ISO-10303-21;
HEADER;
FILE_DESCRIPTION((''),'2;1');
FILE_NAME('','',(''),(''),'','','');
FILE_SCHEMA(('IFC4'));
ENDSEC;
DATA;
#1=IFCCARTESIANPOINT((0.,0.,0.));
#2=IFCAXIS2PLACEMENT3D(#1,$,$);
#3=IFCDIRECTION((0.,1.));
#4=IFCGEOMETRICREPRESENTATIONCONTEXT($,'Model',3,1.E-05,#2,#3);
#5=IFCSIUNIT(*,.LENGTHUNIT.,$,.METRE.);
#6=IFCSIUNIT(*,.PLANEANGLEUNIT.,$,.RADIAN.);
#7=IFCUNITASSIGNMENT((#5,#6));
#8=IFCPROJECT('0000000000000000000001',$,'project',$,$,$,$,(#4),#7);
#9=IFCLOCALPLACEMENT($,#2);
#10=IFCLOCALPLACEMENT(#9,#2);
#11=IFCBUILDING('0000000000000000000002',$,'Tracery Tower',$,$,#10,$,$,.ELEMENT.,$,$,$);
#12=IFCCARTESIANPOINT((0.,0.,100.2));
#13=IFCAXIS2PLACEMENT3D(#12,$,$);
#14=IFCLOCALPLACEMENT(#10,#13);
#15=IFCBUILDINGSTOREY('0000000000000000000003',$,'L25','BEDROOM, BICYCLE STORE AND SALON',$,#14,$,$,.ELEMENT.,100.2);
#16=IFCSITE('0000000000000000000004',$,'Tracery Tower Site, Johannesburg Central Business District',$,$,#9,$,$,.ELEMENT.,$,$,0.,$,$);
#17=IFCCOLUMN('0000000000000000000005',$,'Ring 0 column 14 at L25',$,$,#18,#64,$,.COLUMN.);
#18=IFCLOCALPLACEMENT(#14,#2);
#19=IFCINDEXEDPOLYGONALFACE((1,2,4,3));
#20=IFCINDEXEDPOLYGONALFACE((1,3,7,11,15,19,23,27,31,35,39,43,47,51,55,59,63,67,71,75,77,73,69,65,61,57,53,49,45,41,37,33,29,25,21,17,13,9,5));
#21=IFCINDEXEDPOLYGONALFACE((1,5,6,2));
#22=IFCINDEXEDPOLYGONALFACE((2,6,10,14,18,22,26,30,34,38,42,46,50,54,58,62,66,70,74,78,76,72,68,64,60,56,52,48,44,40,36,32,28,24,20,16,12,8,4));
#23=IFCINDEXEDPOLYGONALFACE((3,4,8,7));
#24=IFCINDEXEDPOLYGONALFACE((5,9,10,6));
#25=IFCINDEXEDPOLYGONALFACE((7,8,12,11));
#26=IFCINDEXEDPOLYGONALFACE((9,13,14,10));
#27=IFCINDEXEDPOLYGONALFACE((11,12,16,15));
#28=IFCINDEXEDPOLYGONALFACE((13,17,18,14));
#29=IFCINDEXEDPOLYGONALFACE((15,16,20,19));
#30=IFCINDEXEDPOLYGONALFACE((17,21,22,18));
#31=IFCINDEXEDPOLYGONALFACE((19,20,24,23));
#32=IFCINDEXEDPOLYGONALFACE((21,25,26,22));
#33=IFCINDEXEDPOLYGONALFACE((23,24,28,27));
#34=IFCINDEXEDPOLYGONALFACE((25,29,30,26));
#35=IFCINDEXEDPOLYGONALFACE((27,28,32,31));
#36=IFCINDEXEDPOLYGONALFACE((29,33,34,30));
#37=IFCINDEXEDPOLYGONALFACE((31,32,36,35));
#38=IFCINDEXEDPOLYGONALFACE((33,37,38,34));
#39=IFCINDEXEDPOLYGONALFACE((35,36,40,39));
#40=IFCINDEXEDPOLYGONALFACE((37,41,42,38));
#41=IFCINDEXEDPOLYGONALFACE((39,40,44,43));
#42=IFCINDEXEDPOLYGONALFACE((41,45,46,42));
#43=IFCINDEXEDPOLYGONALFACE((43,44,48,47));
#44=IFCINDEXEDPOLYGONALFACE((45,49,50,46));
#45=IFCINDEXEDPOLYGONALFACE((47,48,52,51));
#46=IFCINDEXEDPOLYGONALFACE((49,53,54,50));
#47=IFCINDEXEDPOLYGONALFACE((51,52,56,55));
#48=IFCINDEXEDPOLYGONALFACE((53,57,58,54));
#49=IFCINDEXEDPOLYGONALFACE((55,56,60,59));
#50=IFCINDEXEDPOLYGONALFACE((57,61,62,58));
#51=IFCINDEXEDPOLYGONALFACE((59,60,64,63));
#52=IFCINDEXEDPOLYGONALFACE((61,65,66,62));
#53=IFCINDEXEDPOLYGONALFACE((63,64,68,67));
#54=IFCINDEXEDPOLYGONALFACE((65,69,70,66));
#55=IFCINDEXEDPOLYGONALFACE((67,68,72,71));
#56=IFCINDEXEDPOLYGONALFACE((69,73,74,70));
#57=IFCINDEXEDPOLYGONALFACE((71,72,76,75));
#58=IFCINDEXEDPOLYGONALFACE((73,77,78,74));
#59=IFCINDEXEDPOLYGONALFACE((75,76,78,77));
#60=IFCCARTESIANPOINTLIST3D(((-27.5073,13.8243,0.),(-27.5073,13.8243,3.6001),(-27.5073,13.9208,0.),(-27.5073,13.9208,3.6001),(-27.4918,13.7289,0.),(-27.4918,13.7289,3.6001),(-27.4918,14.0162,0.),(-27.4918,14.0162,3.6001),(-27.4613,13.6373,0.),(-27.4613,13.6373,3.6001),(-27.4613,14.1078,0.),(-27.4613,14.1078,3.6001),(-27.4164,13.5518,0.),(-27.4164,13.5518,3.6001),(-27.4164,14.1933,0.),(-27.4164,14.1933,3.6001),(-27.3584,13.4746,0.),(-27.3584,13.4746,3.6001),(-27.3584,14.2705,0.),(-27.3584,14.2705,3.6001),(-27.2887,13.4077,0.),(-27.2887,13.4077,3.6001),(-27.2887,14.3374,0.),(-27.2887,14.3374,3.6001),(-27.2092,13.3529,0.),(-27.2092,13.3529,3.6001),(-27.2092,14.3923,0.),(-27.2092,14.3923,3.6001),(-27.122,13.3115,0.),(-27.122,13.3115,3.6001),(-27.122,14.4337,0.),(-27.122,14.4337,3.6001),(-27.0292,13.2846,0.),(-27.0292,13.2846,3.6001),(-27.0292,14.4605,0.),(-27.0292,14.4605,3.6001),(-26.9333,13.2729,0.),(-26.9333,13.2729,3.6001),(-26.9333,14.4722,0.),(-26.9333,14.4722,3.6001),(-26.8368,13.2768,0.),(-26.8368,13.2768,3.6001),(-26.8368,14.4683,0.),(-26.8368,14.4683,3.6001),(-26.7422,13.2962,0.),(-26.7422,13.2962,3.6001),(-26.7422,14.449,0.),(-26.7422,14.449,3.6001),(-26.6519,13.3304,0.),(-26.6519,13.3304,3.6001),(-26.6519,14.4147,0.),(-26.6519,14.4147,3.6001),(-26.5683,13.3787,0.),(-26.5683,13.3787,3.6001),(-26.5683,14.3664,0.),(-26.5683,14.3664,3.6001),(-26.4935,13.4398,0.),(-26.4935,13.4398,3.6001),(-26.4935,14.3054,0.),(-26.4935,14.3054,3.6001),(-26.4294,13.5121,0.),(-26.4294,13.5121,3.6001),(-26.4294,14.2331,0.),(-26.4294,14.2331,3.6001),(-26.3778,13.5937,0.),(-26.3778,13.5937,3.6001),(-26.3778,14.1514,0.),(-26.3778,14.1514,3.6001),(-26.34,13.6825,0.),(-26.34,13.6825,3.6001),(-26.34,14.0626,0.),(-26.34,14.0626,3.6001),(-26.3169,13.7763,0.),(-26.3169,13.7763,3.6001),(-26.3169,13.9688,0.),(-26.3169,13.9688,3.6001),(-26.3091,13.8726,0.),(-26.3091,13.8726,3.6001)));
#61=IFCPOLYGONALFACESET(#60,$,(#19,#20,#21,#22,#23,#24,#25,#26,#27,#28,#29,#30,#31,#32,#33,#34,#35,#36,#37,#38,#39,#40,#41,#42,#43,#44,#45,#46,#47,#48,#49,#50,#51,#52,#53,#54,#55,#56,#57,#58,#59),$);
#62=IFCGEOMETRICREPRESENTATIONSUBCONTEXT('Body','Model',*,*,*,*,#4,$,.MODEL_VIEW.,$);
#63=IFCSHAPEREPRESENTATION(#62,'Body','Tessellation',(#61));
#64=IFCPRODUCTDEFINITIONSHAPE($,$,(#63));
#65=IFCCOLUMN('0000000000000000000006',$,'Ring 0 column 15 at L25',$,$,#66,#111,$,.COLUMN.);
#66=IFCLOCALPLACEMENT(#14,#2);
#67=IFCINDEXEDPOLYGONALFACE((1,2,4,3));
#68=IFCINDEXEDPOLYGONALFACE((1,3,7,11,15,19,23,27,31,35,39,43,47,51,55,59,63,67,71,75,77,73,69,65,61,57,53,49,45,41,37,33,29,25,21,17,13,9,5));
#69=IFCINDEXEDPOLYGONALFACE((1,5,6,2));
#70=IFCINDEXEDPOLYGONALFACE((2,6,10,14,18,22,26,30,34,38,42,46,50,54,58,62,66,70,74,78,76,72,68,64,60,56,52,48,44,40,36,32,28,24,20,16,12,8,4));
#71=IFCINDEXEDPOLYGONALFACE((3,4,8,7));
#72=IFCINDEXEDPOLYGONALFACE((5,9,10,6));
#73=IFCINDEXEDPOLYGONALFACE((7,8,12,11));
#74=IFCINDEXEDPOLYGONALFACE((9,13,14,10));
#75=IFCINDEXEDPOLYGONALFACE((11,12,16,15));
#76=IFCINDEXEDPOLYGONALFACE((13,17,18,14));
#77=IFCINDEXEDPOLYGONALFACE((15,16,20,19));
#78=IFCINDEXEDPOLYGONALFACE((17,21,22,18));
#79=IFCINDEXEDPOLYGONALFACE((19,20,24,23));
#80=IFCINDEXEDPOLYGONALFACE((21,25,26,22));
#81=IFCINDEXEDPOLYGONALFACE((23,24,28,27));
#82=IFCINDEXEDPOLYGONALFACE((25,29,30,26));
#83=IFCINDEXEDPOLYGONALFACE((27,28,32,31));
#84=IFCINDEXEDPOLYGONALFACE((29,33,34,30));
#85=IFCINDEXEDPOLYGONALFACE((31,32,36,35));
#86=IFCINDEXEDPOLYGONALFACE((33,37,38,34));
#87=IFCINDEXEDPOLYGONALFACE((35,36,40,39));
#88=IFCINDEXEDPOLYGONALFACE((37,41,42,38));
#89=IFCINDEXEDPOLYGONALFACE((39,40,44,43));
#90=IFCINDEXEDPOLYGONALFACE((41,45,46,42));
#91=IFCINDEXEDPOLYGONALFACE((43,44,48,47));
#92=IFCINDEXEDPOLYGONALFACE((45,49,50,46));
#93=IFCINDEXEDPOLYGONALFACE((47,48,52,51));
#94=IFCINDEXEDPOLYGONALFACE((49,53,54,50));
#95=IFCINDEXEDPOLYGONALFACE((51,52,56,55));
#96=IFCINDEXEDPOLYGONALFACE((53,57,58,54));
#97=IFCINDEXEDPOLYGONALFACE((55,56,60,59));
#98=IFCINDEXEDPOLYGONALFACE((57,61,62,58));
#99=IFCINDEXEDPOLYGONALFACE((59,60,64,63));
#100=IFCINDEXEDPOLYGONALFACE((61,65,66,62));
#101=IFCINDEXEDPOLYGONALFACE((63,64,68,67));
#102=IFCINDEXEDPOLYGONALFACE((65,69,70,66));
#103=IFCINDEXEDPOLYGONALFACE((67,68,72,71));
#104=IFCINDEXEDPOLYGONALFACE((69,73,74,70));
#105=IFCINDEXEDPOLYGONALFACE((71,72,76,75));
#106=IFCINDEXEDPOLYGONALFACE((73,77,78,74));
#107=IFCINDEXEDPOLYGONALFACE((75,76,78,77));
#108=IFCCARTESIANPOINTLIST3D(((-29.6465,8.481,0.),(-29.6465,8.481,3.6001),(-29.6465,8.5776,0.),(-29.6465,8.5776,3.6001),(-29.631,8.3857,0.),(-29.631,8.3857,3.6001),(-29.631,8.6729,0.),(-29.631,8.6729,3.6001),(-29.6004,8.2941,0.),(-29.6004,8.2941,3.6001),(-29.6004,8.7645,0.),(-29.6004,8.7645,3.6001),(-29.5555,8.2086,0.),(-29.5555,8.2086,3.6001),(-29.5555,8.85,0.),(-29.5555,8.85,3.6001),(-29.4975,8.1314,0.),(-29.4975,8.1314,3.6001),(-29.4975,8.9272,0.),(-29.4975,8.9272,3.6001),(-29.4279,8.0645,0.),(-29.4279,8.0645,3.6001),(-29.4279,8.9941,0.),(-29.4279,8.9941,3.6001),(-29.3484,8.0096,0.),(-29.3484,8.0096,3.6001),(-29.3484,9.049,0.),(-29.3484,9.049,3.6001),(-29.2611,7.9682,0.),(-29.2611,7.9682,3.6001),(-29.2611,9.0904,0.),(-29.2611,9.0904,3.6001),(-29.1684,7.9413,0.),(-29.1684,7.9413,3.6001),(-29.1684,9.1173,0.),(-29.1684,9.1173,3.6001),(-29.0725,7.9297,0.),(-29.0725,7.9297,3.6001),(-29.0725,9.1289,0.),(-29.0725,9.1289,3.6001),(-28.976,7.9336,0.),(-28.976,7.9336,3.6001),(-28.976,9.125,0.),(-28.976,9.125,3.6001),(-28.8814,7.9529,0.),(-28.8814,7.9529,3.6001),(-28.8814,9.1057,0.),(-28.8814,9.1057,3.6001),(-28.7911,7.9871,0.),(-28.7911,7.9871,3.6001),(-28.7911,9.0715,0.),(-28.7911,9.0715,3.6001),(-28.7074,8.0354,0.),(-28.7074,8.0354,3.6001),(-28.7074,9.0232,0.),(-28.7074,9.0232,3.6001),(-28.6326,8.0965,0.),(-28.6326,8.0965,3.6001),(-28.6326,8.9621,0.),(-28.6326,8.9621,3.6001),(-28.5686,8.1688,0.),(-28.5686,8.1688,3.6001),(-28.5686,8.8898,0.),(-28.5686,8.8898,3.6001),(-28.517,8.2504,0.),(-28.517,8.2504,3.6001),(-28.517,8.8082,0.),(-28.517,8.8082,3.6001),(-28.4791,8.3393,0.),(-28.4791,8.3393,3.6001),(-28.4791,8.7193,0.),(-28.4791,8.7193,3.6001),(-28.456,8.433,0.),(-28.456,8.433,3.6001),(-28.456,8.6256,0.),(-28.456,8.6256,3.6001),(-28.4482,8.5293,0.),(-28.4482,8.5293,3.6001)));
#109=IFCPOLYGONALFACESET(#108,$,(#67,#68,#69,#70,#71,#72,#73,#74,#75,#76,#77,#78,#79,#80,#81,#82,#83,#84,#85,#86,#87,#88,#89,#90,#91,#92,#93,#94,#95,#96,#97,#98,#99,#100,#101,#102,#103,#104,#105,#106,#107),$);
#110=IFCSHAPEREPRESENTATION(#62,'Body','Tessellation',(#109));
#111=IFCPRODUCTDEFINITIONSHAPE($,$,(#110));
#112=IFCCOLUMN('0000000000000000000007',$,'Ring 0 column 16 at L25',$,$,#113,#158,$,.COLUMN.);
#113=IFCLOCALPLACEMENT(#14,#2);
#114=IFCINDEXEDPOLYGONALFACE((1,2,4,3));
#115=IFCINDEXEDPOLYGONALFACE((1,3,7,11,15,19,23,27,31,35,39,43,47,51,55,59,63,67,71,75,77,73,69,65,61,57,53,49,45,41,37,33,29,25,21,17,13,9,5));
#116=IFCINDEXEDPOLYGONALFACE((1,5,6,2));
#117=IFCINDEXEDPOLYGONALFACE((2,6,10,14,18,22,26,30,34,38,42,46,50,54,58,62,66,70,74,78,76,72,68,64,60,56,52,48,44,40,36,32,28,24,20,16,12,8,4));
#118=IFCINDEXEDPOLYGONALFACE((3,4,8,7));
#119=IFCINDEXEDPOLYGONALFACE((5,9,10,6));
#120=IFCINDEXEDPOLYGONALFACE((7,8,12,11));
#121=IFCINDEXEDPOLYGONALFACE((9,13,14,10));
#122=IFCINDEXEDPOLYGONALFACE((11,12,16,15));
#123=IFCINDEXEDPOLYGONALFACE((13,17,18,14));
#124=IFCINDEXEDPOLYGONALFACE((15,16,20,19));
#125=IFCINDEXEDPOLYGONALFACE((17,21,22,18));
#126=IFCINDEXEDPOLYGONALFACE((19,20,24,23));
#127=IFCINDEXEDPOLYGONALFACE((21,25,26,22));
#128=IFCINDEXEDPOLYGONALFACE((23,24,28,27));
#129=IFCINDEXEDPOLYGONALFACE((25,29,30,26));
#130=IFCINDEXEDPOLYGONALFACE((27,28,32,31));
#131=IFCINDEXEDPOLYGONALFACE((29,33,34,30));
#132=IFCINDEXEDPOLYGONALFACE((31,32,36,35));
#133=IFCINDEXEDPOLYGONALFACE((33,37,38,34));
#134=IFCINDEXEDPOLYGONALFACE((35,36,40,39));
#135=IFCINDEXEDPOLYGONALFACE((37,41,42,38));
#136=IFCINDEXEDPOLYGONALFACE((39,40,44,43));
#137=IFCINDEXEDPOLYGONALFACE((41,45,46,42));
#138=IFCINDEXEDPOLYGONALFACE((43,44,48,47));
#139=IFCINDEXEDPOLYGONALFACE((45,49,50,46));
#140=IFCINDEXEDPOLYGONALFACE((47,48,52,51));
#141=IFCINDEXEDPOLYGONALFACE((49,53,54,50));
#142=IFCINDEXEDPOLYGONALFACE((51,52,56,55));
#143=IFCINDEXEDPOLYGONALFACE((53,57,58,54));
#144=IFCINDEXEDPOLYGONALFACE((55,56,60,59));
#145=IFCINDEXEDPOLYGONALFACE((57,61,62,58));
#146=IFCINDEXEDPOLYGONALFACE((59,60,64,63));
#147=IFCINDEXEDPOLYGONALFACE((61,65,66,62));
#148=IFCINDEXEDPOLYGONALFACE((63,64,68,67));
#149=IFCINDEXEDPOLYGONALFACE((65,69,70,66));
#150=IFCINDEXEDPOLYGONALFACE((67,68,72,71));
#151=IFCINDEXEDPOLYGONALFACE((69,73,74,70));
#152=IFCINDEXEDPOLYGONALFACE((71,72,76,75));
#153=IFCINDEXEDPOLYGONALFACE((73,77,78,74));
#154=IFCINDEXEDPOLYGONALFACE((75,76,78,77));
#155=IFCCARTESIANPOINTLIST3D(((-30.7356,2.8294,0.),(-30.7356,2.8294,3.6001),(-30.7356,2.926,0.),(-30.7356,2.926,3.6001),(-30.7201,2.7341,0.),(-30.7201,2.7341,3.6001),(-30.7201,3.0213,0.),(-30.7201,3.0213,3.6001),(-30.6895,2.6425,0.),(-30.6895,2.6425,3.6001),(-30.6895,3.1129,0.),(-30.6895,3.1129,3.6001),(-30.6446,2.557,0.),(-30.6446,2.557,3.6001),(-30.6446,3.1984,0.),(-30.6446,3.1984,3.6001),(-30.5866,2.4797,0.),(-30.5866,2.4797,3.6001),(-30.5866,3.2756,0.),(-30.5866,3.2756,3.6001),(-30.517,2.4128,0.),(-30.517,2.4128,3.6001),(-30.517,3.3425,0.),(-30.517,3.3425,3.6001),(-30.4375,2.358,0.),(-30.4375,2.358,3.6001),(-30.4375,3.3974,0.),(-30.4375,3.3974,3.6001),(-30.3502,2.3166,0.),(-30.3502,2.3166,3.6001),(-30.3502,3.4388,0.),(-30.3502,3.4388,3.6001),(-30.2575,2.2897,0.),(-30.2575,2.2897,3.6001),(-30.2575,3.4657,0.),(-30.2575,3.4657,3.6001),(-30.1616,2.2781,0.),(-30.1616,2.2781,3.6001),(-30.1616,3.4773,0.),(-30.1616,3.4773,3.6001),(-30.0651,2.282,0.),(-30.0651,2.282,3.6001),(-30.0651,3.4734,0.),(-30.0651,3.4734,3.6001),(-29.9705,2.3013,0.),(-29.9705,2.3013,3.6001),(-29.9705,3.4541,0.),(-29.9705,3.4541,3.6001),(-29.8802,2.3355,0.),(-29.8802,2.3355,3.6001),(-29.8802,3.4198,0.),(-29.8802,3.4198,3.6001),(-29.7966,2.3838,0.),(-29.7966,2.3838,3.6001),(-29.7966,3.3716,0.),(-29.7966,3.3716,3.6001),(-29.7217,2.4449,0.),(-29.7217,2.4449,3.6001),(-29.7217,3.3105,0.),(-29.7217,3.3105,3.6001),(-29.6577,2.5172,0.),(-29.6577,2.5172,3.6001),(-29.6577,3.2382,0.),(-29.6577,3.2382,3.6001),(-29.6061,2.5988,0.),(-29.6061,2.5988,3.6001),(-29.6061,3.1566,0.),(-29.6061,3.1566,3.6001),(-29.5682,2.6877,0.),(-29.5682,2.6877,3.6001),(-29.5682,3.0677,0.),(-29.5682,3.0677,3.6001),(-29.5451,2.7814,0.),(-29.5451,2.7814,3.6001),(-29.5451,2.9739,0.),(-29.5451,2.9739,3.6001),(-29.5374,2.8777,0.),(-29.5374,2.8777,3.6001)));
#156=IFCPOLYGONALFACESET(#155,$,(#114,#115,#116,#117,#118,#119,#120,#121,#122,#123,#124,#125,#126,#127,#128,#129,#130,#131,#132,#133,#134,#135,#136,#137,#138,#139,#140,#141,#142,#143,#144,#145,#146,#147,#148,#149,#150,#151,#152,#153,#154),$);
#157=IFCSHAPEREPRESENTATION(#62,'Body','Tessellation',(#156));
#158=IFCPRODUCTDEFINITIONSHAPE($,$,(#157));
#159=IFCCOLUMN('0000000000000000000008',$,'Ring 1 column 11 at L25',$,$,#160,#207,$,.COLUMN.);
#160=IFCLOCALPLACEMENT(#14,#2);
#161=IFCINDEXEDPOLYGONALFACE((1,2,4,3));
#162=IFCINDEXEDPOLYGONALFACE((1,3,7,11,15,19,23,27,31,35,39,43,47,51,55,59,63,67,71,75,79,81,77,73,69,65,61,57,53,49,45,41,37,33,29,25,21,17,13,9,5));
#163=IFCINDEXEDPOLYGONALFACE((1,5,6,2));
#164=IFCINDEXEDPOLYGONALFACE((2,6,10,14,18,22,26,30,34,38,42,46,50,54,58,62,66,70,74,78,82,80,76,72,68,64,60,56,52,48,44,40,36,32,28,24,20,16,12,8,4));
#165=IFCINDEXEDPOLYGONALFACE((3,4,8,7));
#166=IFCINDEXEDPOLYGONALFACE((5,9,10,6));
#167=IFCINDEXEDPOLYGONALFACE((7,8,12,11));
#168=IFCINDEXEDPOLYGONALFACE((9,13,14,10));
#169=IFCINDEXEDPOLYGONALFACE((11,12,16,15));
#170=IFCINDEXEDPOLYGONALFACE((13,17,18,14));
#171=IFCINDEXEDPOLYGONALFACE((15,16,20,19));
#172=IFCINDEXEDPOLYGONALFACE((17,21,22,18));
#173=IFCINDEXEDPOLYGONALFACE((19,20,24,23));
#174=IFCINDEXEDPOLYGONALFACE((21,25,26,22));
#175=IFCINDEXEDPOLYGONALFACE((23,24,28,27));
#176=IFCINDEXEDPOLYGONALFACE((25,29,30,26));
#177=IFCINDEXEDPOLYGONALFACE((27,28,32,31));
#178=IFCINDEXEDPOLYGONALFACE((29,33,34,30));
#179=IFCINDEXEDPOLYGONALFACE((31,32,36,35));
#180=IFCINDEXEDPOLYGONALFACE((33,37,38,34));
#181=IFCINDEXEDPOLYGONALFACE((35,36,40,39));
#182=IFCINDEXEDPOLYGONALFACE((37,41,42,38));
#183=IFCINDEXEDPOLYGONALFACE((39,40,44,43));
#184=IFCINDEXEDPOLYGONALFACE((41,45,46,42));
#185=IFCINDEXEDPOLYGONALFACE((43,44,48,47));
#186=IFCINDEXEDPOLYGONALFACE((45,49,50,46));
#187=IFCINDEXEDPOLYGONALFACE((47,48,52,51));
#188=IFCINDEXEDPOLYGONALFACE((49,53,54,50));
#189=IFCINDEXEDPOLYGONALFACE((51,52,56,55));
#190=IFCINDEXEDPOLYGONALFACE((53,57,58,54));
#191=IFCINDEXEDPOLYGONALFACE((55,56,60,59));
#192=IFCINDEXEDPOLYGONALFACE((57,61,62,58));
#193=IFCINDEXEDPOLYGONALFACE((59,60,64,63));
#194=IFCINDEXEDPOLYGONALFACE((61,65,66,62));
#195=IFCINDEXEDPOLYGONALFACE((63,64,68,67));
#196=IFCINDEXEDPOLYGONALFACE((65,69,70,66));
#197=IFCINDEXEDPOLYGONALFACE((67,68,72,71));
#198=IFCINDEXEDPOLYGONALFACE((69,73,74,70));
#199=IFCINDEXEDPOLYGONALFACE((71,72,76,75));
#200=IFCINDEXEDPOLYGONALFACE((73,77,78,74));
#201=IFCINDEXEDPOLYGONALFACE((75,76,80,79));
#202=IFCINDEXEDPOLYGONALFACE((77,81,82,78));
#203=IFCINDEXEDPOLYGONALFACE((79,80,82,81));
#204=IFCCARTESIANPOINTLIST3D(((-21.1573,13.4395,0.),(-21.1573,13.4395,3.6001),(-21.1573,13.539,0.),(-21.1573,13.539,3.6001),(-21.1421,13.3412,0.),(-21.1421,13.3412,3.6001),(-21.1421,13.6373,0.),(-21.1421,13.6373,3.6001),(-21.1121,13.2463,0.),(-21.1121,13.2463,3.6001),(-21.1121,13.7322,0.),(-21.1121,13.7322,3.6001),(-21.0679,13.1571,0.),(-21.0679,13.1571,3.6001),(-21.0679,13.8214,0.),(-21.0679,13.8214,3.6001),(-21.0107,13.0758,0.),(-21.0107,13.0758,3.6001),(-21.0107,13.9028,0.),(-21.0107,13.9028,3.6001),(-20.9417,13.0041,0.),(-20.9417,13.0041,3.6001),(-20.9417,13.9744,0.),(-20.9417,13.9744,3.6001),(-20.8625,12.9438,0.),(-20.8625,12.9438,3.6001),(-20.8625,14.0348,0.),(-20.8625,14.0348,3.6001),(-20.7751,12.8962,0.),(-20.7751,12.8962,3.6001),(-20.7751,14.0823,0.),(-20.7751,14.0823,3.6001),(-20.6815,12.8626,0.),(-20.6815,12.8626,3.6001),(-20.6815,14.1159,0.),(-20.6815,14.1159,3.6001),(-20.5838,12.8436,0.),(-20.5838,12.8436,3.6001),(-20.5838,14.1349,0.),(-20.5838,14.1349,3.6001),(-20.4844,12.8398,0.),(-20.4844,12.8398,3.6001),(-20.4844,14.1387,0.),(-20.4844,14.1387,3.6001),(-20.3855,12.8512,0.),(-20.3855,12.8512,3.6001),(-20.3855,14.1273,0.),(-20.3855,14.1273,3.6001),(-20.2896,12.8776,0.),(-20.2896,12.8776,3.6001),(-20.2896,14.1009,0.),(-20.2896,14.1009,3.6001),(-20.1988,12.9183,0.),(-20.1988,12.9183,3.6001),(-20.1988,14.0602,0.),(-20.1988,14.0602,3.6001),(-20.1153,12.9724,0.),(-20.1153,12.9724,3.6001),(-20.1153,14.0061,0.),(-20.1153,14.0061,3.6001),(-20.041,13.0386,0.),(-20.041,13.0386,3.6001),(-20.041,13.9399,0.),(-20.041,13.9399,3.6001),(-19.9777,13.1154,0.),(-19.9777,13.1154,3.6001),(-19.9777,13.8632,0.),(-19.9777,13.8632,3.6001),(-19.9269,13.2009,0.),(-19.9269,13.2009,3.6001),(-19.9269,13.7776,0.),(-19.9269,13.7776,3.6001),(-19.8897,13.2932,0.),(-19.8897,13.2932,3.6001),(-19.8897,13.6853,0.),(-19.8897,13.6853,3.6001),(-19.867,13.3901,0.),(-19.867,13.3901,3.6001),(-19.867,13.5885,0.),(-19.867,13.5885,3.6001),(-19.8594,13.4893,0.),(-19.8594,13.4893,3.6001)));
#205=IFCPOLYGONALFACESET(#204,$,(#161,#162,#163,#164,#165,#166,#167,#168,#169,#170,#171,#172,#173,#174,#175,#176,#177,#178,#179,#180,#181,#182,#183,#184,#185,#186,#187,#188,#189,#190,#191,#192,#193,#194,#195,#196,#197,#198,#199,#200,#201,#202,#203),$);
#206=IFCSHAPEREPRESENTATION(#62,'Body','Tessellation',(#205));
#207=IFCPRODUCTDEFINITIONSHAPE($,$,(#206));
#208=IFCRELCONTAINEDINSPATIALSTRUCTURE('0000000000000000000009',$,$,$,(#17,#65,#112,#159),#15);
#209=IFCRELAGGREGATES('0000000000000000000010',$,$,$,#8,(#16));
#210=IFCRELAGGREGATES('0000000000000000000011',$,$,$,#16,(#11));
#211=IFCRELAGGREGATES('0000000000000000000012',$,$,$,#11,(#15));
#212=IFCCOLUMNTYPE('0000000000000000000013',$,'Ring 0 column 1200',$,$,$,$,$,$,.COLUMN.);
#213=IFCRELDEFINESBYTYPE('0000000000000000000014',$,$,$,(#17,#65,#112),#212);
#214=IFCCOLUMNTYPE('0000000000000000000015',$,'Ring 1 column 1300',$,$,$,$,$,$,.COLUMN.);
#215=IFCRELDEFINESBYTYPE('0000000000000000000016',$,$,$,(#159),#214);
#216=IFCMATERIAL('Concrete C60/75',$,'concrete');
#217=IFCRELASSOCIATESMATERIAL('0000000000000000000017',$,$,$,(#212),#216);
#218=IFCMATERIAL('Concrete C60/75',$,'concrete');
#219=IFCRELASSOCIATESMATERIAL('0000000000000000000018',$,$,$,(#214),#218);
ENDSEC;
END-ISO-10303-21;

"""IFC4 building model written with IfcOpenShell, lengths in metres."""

from ifc_helpers import new_model, si_unit, direction, frame, origin, origin_2d, place, context, subcontext, project, spatial, circle, extrude, material, material_profile, profile_set, type_object, element, save


model = new_model("IFC4")

# Units and contexts
model_context = context("Model", 3, precision=1e-05, world=origin(), true_north=direction((0.0, 1.0)))
body_context = subcontext(model_context, "Body", "Model", "MODEL_VIEW")
ifc_project = project(units=[si_unit("LENGTHUNIT", "METRE"), si_unit("PLANEANGLEUNIT", "RADIAN")], contexts=[model_context])

# Site, building, storey
site_placement = place(None, origin())
site = spatial("IfcSite", under=ifc_project, at=site_placement, Name="Tracery Tower Site, Johannesburg Central Business District", CompositionType="ELEMENT", RefElevation=0.0)
building_placement = place(site_placement, origin())
building = spatial("IfcBuilding", under=site, at=building_placement, Name="Tracery Tower", CompositionType="ELEMENT")
storey_placement = place(building_placement, frame((0.0, 0.0, 100.2)))
storey = spatial("IfcBuildingStorey", under=building, at=storey_placement, Name="L25", Description="BEDROOM, BICYCLE STORE AND SALON", CompositionType="ELEMENT", Elevation=100.2)

# Columns
ifc_material_1 = material(Name="Concrete C60/75", Category="concrete")
ifc_material_profile_1 = material_profile(ifc_material_1, circle(Radius=0.6001, at=origin_2d()), Name="RC D1200")
ifc_profile_set_1 = profile_set([ifc_material_profile_1], Name="Concrete C60/75")
column_type_1 = type_object("IfcColumnType", Name="Ring 0 column 1200", PredefinedType="COLUMN", material=ifc_profile_set_1)
for number, where, z_axis, x_axis, name in (
    (1, (-26.9092, 13.8726, 0.0), (0.0, 0.0, 1.0), (1.0, 0.0, 0.0), "Ring 0 column 14 at L25"),
    (2, (-29.0483, 8.5293, 0.0), (0.0, 0.0, 1.0), (1.0, 0.0, 0.0), "Ring 0 column 15 at L25"),
    (3, (-30.1375, 2.8777, 0.0), (0.0, 0.0, 1.0), (1.0, 0.0, 0.0), "Ring 0 column 16 at L25"),
):
    element("IfcColumn", number, at=place(storey_placement, frame(where, z_axis=z_axis, x_axis=x_axis)), inside=storey, type_object=column_type_1, Name=name, PredefinedType="COLUMN", context=body_context, shape_type="SweptSolid", body=[
        extrude(circle(Radius=0.6001, at=origin_2d()), origin(), (0.0, 0.0, 1.0), 3.6001),
    ])
ifc_material_2 = material(Name="Concrete C60/75", Category="concrete")
ifc_material_profile_2 = material_profile(ifc_material_2, circle(Radius=0.6499, at=origin_2d()), Name="RC D1300")
ifc_profile_set_2 = profile_set([ifc_material_profile_2], Name="Concrete C60/75")
column_type_2 = type_object("IfcColumnType", Name="Ring 1 column 1300", PredefinedType="COLUMN", material=ifc_profile_set_2)
for number, where, z_axis, x_axis, name in (
    (4, (-20.5093, 13.4893, 0.0), (0.0, 0.0, 1.0), (1.0, 0.0, 0.0), "Ring 1 column 11 at L25"),
):
    element("IfcColumn", number, at=place(storey_placement, frame(where, z_axis=z_axis, x_axis=x_axis)), inside=storey, type_object=column_type_2, Name=name, PredefinedType="COLUMN", context=body_context, shape_type="SweptSolid", body=[
        extrude(circle(Radius=0.6499, at=origin_2d()), origin(), (0.0, 0.0, 1.0), 3.6001),
    ])

save(model, "model.ifc")
